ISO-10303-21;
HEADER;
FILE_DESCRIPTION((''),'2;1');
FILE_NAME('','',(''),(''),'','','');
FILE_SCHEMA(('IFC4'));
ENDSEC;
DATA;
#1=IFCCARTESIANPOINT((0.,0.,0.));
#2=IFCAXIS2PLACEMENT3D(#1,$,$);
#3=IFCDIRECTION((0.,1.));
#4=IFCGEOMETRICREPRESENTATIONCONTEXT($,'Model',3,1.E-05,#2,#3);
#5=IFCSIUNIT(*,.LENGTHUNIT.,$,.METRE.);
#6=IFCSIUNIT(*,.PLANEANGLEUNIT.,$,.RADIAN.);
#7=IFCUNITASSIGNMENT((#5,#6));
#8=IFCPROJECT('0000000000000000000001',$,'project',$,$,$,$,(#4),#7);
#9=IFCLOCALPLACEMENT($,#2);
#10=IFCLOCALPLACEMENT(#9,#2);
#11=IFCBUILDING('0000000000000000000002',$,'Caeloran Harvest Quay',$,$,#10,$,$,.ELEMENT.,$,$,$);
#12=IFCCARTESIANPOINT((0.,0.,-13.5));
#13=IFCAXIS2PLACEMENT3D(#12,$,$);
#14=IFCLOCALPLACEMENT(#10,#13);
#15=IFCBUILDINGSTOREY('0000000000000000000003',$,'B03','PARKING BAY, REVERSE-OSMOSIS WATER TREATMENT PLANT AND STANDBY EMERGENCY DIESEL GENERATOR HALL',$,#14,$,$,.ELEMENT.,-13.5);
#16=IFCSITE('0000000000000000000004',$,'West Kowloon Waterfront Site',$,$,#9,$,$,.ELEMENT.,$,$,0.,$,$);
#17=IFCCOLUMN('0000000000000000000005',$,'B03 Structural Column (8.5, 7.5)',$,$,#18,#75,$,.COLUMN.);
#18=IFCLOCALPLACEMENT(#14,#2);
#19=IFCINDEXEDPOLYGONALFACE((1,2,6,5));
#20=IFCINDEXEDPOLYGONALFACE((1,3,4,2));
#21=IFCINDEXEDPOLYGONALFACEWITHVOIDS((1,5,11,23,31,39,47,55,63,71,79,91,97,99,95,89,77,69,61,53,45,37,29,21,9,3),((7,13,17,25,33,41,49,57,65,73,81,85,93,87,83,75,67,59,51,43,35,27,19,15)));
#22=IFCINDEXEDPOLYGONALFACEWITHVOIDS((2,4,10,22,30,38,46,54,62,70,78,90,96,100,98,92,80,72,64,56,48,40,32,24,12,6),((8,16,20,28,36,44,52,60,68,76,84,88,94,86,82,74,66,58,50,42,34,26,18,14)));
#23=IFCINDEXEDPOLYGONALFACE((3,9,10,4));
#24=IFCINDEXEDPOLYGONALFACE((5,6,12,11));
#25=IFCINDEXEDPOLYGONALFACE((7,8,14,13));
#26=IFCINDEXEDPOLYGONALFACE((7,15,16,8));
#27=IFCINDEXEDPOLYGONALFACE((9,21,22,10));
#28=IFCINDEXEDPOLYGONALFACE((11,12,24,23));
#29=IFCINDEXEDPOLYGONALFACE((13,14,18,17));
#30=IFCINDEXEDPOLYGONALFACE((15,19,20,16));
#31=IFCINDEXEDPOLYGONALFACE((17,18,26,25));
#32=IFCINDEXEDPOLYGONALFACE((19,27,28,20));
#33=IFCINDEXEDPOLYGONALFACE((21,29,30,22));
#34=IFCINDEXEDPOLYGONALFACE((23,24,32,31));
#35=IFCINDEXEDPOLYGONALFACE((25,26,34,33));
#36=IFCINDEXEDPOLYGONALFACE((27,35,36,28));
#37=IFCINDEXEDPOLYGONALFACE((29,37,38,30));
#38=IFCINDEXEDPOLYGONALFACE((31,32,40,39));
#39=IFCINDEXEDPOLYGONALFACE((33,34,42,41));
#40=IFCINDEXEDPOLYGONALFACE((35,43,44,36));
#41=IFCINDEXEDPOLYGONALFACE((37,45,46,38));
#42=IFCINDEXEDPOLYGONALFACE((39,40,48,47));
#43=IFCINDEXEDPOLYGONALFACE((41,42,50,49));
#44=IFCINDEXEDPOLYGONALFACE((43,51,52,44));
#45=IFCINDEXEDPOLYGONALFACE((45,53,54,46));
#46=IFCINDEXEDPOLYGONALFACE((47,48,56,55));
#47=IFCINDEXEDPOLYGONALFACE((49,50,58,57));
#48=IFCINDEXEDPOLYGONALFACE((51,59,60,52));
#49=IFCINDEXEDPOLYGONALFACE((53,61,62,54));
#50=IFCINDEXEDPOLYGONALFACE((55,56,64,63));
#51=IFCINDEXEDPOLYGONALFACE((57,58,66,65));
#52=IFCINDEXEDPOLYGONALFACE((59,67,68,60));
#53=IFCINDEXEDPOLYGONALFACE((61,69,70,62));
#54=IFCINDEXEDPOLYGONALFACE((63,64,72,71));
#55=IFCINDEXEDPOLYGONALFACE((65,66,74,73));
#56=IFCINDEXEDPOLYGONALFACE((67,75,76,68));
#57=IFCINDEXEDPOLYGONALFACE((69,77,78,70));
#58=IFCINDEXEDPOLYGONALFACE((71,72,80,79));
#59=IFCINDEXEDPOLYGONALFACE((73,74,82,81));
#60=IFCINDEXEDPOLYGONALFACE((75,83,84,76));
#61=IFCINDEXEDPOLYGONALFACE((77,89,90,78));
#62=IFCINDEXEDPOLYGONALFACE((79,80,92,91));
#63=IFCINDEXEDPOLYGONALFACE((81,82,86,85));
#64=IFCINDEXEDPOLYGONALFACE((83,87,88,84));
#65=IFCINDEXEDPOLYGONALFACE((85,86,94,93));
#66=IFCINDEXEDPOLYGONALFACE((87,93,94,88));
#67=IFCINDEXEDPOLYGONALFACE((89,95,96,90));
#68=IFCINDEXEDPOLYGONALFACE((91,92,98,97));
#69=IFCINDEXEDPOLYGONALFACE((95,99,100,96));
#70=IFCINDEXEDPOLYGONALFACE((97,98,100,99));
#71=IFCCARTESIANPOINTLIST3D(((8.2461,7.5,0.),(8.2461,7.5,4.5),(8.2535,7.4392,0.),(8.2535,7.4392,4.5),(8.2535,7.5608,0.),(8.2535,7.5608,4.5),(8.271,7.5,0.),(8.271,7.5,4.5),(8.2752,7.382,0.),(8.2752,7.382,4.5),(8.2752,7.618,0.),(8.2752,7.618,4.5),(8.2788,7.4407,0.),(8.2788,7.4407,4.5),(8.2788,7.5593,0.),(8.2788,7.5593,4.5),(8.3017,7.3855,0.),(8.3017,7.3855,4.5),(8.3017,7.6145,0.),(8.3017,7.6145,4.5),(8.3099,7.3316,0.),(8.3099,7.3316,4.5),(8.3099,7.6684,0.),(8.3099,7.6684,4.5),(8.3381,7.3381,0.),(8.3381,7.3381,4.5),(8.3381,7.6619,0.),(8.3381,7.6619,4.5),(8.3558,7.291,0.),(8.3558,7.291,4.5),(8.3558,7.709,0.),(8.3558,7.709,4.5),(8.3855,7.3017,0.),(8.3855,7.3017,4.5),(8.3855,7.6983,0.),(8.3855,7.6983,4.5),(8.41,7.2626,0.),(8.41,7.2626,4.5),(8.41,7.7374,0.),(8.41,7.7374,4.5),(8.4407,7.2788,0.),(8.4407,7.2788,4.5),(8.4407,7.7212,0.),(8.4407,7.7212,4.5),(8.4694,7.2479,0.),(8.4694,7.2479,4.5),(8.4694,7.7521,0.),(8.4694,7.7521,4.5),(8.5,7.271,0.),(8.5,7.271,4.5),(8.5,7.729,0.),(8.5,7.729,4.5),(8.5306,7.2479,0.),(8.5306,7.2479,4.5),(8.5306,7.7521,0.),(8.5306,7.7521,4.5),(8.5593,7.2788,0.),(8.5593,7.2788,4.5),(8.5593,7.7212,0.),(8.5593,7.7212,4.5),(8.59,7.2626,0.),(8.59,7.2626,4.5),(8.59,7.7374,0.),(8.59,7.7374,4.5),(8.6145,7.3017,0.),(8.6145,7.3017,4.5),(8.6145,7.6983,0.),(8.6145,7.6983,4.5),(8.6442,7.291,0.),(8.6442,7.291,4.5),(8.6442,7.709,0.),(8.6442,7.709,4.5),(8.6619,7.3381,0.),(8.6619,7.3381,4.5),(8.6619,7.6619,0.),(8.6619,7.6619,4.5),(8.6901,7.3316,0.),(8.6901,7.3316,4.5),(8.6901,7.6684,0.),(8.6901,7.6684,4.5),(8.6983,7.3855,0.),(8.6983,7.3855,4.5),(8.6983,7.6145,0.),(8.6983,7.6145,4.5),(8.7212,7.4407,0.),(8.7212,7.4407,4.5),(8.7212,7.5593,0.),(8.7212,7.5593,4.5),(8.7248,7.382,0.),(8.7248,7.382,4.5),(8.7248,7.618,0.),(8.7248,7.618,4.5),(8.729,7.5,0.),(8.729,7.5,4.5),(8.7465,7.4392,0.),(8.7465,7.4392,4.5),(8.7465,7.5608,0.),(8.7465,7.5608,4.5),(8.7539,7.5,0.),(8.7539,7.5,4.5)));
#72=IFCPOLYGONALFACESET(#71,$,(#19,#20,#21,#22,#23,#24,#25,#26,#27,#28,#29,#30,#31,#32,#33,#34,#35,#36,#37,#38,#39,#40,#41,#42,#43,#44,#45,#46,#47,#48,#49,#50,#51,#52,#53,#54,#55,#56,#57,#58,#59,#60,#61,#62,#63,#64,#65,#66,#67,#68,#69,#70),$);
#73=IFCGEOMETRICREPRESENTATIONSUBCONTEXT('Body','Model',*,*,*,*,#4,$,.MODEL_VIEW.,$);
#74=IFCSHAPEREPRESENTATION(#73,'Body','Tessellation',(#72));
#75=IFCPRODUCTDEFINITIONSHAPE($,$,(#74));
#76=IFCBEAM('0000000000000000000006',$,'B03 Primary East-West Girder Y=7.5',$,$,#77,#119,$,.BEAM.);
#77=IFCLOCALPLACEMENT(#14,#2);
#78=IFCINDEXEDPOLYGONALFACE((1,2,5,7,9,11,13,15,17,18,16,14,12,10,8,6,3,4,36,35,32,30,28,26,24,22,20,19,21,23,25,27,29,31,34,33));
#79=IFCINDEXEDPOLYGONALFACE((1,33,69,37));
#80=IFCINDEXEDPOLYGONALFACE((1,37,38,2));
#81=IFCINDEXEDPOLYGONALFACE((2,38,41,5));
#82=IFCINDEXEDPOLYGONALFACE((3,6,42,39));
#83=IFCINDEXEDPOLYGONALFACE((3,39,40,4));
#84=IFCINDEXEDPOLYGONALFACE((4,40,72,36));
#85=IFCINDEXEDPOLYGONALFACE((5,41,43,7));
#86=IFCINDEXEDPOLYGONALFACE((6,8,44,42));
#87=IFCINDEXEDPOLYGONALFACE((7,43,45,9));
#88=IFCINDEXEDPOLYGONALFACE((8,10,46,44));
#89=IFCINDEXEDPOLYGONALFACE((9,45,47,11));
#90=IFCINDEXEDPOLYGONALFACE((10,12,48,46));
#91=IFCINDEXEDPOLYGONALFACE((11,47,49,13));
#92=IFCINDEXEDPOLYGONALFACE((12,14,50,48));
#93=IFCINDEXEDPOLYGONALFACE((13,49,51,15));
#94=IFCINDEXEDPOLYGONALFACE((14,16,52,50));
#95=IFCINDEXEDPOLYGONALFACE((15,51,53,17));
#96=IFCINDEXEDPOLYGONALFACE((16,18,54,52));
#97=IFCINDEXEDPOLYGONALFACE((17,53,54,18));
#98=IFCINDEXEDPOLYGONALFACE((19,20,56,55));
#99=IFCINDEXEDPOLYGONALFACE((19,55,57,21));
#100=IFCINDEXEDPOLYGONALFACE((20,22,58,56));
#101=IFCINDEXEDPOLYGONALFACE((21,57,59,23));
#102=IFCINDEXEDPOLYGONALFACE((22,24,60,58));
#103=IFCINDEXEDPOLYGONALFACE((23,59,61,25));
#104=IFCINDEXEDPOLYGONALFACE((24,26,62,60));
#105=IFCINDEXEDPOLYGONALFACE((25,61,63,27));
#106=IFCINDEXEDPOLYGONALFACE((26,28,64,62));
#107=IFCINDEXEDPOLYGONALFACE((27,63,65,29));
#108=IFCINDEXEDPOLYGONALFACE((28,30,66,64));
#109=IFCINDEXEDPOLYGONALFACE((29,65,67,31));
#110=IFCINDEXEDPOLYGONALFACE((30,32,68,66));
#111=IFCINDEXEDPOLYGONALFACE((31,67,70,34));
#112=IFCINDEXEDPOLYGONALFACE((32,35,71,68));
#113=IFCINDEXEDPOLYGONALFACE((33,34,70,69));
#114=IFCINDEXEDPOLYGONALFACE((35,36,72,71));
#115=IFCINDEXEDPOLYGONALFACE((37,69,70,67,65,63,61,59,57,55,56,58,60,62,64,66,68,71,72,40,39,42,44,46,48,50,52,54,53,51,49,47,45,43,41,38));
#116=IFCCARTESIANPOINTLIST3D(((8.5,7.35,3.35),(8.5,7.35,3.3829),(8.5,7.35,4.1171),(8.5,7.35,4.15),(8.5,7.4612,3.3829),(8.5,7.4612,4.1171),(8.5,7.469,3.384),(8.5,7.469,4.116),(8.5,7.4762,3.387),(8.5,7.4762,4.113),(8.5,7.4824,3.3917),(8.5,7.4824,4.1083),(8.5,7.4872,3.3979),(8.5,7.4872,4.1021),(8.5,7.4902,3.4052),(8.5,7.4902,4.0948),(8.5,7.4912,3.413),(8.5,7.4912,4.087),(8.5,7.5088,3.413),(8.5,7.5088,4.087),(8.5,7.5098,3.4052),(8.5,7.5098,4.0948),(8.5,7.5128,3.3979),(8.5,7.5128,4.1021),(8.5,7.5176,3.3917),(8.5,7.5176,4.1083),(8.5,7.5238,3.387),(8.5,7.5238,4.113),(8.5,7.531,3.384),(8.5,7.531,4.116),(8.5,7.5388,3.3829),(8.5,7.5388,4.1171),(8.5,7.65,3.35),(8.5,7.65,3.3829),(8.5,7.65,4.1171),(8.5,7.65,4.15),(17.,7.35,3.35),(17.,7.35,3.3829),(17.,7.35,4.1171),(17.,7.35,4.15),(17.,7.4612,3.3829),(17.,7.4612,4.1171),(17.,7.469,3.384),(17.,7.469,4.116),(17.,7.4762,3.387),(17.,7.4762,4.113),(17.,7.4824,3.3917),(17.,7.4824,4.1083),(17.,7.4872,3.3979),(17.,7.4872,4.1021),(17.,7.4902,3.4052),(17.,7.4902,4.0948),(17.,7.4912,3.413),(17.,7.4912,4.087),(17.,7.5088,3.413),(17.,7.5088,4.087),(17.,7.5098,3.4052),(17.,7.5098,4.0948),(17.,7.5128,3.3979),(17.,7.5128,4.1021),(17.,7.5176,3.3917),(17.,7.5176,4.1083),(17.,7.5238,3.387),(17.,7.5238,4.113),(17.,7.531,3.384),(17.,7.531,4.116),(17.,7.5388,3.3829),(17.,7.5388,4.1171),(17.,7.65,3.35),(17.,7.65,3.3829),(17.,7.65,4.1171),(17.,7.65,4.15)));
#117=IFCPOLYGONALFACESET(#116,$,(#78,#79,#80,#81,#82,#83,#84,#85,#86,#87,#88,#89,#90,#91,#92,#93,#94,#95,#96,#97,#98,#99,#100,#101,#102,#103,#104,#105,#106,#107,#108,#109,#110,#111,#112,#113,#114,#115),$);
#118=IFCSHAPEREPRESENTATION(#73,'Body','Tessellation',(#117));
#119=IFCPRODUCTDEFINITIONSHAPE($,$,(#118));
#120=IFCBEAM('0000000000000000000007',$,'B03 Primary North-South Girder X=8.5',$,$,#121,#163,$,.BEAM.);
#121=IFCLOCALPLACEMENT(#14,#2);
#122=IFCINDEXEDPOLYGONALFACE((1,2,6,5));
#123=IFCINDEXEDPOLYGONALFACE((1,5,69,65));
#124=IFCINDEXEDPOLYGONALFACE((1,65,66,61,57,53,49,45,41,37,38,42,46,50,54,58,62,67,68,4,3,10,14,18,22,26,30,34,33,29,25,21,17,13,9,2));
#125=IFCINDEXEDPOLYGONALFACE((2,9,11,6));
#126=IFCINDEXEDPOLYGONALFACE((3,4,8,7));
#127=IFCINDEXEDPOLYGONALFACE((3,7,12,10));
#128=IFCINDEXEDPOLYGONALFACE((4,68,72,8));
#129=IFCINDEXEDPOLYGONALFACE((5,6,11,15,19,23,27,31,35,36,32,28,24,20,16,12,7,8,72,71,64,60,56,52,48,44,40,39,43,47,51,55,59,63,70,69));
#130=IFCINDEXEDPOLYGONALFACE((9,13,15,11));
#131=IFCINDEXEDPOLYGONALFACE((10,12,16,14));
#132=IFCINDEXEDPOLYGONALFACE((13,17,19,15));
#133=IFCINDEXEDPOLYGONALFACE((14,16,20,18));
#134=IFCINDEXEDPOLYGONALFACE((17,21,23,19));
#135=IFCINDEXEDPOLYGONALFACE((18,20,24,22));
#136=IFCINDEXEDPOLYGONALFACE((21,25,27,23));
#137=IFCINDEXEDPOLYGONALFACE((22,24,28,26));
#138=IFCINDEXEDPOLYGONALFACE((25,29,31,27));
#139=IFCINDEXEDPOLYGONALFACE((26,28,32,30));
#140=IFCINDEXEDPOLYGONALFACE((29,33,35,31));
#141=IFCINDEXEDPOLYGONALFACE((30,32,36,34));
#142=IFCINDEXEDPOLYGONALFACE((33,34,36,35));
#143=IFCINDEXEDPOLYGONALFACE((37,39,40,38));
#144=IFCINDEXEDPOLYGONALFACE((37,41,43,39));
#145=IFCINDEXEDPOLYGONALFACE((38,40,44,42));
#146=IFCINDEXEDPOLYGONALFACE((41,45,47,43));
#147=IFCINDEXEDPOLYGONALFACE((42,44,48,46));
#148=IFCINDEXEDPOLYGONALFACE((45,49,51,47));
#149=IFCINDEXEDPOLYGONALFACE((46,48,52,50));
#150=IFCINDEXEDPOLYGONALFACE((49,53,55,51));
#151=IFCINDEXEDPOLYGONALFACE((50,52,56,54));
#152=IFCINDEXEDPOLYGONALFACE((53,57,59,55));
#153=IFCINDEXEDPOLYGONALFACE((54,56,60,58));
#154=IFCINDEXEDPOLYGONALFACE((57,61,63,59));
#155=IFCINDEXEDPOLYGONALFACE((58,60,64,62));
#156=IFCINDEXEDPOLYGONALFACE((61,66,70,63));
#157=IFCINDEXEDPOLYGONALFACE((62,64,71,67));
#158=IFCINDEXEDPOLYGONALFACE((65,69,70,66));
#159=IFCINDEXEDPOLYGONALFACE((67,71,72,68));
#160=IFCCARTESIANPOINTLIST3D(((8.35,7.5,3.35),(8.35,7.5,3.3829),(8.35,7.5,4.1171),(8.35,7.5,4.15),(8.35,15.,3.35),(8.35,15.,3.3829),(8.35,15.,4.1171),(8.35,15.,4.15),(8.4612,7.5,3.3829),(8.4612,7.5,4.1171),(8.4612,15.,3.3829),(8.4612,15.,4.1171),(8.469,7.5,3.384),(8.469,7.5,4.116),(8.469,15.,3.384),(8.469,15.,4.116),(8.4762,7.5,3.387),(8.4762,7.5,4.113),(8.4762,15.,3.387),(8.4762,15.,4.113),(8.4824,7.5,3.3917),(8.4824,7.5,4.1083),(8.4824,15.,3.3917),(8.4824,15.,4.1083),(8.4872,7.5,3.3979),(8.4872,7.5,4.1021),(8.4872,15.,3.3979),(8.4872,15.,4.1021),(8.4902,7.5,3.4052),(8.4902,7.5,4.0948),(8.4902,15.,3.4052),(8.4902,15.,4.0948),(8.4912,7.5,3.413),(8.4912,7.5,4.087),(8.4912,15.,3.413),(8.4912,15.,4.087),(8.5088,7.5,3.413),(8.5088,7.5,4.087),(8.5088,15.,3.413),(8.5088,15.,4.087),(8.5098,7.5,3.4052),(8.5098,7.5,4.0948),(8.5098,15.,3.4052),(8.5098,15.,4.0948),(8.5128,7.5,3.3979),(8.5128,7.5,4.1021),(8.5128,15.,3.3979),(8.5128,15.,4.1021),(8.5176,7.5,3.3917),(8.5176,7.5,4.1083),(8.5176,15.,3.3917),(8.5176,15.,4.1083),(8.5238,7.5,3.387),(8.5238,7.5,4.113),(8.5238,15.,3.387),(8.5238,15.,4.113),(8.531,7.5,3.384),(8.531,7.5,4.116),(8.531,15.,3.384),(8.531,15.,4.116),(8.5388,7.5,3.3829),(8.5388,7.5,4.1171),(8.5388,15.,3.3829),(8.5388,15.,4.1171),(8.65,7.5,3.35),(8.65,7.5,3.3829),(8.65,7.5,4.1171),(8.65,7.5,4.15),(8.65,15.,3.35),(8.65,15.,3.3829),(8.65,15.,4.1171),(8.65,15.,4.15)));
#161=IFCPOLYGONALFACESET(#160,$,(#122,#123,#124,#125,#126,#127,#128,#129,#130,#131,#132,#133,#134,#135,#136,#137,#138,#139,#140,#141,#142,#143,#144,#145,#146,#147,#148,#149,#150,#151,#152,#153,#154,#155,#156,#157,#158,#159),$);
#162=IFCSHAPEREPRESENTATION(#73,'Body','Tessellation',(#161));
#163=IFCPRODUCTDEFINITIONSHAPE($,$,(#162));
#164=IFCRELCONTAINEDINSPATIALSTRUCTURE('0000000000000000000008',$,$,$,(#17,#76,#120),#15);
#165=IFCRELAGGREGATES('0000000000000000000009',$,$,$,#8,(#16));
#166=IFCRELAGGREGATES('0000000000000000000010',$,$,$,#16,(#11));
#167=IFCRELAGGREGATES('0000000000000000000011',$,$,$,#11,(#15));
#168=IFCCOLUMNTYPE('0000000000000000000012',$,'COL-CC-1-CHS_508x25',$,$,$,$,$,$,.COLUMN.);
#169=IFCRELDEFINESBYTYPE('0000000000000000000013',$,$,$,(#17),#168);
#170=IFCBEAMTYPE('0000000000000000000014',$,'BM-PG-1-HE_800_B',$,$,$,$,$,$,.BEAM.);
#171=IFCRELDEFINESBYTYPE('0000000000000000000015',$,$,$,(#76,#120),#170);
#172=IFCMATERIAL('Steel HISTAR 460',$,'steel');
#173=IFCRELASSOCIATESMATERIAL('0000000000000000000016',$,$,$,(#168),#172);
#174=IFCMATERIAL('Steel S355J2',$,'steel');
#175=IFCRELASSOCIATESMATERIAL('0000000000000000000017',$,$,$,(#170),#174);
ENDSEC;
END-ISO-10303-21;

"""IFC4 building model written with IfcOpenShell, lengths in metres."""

from ifc_helpers import new_model, si_unit, direction, frame, origin, origin_2d, place, context, subcontext, project, spatial, hollow_circle, i_section, extrude, material, material_profile, profile_set, type_object, element, save


model = new_model("IFC4")

# Units and contexts
model_context = context("Model", 3, precision=1e-05, world=origin(), true_north=direction((0.0, 1.0)))
body_context = subcontext(model_context, "Body", "Model", "MODEL_VIEW")
ifc_project = project(units=[si_unit("LENGTHUNIT", "METRE"), si_unit("PLANEANGLEUNIT", "RADIAN")], contexts=[model_context])

# Site, building, storey
site_placement = place(None, origin())
site = spatial("IfcSite", under=ifc_project, at=site_placement, Name="West Kowloon Waterfront Site", CompositionType="ELEMENT", RefElevation=0.0)
building_placement = place(site_placement, origin())
building = spatial("IfcBuilding", under=site, at=building_placement, Name="Caeloran Harvest Quay", CompositionType="ELEMENT")
storey_placement = place(building_placement, frame((0.0, 0.0, -13.5)))
storey = spatial("IfcBuildingStorey", under=building, at=storey_placement, Name="B03", Description="PARKING BAY, REVERSE-OSMOSIS WATER TREATMENT PLANT AND STANDBY EMERGENCY DIESEL GENERATOR HALL", CompositionType="ELEMENT", Elevation=-13.5)

# Column
ifc_material_1 = material(Name="Steel HISTAR 460", Category="steel")
ifc_material_profile_1 = material_profile(ifc_material_1, hollow_circle(Radius=0.2539, WallThickness=0.0249, at=origin_2d()), Name="CHS 508x25")
ifc_profile_set_1 = profile_set([ifc_material_profile_1], Name="Steel HISTAR 460")
column_type = type_object("IfcColumnType", Name="COL-CC-1-CHS_508x25", PredefinedType="COLUMN", material=ifc_profile_set_1)
column_placement = place(storey_placement, frame((8.5, 7.5, 0.0), z_axis=(0.0, 0.0, 1.0), x_axis=(1.0, 0.0, 0.0)))
element("IfcColumn", 1, at=column_placement, inside=storey, type_object=column_type, Name="B03 Structural Column (8.5, 7.5)", PredefinedType="COLUMN", context=body_context, shape_type="SweptSolid", body=[
    extrude(hollow_circle(Radius=0.2539, WallThickness=0.0249, at=origin_2d()), origin(), (0.0, 0.0, 1.0), 4.5),
])

# Beams
ifc_material_2 = material(Name="Steel S355J2", Category="steel")
ifc_material_profile_2 = material_profile(ifc_material_2, i_section(OverallWidth=0.3, OverallDepth=0.8, WebThickness=0.0176, FlangeThickness=0.033, FilletRadius=0.03, at=origin_2d()), Name="HE 800 B")
ifc_profile_set_2 = profile_set([ifc_material_profile_2], Name="Steel S355J2")
beam_type_1 = type_object("IfcBeamType", Name="BM-PG-1-HE_800_B", PredefinedType="BEAM", material=ifc_profile_set_2)
beam_1_placement = place(storey_placement, frame((8.5, 7.5, 3.75), z_axis=(1.0, 0.0, 0.0), x_axis=(0.0, 1.0, 0.0)))
element("IfcBeam", 2, at=beam_1_placement, inside=storey, type_object=beam_type_1, Name="B03 Primary East-West Girder Y=7.5", PredefinedType="BEAM", context=body_context, shape_type="SweptSolid", body=[
    extrude(i_section(OverallWidth=0.3, OverallDepth=0.8, WebThickness=0.0176, FlangeThickness=0.033, FilletRadius=0.03, at=origin_2d()), origin(), (0.0, 0.0, 1.0), 8.5),
])
beam_2_placement = place(storey_placement, frame((8.5, 7.5, 3.75), z_axis=(0.0, 1.0, 0.0), x_axis=(-1.0, 0.0, 0.0)))
element("IfcBeam", 3, at=beam_2_placement, inside=storey, type_object=beam_type_1, Name="B03 Primary North-South Girder X=8.5", PredefinedType="BEAM", context=body_context, shape_type="SweptSolid", body=[
    extrude(i_section(OverallWidth=0.3, OverallDepth=0.8, WebThickness=0.0176, FlangeThickness=0.033, FilletRadius=0.03, at=origin_2d()), origin(), (0.0, 0.0, 1.0), 7.5),
])

save(model, "model.ifc")
